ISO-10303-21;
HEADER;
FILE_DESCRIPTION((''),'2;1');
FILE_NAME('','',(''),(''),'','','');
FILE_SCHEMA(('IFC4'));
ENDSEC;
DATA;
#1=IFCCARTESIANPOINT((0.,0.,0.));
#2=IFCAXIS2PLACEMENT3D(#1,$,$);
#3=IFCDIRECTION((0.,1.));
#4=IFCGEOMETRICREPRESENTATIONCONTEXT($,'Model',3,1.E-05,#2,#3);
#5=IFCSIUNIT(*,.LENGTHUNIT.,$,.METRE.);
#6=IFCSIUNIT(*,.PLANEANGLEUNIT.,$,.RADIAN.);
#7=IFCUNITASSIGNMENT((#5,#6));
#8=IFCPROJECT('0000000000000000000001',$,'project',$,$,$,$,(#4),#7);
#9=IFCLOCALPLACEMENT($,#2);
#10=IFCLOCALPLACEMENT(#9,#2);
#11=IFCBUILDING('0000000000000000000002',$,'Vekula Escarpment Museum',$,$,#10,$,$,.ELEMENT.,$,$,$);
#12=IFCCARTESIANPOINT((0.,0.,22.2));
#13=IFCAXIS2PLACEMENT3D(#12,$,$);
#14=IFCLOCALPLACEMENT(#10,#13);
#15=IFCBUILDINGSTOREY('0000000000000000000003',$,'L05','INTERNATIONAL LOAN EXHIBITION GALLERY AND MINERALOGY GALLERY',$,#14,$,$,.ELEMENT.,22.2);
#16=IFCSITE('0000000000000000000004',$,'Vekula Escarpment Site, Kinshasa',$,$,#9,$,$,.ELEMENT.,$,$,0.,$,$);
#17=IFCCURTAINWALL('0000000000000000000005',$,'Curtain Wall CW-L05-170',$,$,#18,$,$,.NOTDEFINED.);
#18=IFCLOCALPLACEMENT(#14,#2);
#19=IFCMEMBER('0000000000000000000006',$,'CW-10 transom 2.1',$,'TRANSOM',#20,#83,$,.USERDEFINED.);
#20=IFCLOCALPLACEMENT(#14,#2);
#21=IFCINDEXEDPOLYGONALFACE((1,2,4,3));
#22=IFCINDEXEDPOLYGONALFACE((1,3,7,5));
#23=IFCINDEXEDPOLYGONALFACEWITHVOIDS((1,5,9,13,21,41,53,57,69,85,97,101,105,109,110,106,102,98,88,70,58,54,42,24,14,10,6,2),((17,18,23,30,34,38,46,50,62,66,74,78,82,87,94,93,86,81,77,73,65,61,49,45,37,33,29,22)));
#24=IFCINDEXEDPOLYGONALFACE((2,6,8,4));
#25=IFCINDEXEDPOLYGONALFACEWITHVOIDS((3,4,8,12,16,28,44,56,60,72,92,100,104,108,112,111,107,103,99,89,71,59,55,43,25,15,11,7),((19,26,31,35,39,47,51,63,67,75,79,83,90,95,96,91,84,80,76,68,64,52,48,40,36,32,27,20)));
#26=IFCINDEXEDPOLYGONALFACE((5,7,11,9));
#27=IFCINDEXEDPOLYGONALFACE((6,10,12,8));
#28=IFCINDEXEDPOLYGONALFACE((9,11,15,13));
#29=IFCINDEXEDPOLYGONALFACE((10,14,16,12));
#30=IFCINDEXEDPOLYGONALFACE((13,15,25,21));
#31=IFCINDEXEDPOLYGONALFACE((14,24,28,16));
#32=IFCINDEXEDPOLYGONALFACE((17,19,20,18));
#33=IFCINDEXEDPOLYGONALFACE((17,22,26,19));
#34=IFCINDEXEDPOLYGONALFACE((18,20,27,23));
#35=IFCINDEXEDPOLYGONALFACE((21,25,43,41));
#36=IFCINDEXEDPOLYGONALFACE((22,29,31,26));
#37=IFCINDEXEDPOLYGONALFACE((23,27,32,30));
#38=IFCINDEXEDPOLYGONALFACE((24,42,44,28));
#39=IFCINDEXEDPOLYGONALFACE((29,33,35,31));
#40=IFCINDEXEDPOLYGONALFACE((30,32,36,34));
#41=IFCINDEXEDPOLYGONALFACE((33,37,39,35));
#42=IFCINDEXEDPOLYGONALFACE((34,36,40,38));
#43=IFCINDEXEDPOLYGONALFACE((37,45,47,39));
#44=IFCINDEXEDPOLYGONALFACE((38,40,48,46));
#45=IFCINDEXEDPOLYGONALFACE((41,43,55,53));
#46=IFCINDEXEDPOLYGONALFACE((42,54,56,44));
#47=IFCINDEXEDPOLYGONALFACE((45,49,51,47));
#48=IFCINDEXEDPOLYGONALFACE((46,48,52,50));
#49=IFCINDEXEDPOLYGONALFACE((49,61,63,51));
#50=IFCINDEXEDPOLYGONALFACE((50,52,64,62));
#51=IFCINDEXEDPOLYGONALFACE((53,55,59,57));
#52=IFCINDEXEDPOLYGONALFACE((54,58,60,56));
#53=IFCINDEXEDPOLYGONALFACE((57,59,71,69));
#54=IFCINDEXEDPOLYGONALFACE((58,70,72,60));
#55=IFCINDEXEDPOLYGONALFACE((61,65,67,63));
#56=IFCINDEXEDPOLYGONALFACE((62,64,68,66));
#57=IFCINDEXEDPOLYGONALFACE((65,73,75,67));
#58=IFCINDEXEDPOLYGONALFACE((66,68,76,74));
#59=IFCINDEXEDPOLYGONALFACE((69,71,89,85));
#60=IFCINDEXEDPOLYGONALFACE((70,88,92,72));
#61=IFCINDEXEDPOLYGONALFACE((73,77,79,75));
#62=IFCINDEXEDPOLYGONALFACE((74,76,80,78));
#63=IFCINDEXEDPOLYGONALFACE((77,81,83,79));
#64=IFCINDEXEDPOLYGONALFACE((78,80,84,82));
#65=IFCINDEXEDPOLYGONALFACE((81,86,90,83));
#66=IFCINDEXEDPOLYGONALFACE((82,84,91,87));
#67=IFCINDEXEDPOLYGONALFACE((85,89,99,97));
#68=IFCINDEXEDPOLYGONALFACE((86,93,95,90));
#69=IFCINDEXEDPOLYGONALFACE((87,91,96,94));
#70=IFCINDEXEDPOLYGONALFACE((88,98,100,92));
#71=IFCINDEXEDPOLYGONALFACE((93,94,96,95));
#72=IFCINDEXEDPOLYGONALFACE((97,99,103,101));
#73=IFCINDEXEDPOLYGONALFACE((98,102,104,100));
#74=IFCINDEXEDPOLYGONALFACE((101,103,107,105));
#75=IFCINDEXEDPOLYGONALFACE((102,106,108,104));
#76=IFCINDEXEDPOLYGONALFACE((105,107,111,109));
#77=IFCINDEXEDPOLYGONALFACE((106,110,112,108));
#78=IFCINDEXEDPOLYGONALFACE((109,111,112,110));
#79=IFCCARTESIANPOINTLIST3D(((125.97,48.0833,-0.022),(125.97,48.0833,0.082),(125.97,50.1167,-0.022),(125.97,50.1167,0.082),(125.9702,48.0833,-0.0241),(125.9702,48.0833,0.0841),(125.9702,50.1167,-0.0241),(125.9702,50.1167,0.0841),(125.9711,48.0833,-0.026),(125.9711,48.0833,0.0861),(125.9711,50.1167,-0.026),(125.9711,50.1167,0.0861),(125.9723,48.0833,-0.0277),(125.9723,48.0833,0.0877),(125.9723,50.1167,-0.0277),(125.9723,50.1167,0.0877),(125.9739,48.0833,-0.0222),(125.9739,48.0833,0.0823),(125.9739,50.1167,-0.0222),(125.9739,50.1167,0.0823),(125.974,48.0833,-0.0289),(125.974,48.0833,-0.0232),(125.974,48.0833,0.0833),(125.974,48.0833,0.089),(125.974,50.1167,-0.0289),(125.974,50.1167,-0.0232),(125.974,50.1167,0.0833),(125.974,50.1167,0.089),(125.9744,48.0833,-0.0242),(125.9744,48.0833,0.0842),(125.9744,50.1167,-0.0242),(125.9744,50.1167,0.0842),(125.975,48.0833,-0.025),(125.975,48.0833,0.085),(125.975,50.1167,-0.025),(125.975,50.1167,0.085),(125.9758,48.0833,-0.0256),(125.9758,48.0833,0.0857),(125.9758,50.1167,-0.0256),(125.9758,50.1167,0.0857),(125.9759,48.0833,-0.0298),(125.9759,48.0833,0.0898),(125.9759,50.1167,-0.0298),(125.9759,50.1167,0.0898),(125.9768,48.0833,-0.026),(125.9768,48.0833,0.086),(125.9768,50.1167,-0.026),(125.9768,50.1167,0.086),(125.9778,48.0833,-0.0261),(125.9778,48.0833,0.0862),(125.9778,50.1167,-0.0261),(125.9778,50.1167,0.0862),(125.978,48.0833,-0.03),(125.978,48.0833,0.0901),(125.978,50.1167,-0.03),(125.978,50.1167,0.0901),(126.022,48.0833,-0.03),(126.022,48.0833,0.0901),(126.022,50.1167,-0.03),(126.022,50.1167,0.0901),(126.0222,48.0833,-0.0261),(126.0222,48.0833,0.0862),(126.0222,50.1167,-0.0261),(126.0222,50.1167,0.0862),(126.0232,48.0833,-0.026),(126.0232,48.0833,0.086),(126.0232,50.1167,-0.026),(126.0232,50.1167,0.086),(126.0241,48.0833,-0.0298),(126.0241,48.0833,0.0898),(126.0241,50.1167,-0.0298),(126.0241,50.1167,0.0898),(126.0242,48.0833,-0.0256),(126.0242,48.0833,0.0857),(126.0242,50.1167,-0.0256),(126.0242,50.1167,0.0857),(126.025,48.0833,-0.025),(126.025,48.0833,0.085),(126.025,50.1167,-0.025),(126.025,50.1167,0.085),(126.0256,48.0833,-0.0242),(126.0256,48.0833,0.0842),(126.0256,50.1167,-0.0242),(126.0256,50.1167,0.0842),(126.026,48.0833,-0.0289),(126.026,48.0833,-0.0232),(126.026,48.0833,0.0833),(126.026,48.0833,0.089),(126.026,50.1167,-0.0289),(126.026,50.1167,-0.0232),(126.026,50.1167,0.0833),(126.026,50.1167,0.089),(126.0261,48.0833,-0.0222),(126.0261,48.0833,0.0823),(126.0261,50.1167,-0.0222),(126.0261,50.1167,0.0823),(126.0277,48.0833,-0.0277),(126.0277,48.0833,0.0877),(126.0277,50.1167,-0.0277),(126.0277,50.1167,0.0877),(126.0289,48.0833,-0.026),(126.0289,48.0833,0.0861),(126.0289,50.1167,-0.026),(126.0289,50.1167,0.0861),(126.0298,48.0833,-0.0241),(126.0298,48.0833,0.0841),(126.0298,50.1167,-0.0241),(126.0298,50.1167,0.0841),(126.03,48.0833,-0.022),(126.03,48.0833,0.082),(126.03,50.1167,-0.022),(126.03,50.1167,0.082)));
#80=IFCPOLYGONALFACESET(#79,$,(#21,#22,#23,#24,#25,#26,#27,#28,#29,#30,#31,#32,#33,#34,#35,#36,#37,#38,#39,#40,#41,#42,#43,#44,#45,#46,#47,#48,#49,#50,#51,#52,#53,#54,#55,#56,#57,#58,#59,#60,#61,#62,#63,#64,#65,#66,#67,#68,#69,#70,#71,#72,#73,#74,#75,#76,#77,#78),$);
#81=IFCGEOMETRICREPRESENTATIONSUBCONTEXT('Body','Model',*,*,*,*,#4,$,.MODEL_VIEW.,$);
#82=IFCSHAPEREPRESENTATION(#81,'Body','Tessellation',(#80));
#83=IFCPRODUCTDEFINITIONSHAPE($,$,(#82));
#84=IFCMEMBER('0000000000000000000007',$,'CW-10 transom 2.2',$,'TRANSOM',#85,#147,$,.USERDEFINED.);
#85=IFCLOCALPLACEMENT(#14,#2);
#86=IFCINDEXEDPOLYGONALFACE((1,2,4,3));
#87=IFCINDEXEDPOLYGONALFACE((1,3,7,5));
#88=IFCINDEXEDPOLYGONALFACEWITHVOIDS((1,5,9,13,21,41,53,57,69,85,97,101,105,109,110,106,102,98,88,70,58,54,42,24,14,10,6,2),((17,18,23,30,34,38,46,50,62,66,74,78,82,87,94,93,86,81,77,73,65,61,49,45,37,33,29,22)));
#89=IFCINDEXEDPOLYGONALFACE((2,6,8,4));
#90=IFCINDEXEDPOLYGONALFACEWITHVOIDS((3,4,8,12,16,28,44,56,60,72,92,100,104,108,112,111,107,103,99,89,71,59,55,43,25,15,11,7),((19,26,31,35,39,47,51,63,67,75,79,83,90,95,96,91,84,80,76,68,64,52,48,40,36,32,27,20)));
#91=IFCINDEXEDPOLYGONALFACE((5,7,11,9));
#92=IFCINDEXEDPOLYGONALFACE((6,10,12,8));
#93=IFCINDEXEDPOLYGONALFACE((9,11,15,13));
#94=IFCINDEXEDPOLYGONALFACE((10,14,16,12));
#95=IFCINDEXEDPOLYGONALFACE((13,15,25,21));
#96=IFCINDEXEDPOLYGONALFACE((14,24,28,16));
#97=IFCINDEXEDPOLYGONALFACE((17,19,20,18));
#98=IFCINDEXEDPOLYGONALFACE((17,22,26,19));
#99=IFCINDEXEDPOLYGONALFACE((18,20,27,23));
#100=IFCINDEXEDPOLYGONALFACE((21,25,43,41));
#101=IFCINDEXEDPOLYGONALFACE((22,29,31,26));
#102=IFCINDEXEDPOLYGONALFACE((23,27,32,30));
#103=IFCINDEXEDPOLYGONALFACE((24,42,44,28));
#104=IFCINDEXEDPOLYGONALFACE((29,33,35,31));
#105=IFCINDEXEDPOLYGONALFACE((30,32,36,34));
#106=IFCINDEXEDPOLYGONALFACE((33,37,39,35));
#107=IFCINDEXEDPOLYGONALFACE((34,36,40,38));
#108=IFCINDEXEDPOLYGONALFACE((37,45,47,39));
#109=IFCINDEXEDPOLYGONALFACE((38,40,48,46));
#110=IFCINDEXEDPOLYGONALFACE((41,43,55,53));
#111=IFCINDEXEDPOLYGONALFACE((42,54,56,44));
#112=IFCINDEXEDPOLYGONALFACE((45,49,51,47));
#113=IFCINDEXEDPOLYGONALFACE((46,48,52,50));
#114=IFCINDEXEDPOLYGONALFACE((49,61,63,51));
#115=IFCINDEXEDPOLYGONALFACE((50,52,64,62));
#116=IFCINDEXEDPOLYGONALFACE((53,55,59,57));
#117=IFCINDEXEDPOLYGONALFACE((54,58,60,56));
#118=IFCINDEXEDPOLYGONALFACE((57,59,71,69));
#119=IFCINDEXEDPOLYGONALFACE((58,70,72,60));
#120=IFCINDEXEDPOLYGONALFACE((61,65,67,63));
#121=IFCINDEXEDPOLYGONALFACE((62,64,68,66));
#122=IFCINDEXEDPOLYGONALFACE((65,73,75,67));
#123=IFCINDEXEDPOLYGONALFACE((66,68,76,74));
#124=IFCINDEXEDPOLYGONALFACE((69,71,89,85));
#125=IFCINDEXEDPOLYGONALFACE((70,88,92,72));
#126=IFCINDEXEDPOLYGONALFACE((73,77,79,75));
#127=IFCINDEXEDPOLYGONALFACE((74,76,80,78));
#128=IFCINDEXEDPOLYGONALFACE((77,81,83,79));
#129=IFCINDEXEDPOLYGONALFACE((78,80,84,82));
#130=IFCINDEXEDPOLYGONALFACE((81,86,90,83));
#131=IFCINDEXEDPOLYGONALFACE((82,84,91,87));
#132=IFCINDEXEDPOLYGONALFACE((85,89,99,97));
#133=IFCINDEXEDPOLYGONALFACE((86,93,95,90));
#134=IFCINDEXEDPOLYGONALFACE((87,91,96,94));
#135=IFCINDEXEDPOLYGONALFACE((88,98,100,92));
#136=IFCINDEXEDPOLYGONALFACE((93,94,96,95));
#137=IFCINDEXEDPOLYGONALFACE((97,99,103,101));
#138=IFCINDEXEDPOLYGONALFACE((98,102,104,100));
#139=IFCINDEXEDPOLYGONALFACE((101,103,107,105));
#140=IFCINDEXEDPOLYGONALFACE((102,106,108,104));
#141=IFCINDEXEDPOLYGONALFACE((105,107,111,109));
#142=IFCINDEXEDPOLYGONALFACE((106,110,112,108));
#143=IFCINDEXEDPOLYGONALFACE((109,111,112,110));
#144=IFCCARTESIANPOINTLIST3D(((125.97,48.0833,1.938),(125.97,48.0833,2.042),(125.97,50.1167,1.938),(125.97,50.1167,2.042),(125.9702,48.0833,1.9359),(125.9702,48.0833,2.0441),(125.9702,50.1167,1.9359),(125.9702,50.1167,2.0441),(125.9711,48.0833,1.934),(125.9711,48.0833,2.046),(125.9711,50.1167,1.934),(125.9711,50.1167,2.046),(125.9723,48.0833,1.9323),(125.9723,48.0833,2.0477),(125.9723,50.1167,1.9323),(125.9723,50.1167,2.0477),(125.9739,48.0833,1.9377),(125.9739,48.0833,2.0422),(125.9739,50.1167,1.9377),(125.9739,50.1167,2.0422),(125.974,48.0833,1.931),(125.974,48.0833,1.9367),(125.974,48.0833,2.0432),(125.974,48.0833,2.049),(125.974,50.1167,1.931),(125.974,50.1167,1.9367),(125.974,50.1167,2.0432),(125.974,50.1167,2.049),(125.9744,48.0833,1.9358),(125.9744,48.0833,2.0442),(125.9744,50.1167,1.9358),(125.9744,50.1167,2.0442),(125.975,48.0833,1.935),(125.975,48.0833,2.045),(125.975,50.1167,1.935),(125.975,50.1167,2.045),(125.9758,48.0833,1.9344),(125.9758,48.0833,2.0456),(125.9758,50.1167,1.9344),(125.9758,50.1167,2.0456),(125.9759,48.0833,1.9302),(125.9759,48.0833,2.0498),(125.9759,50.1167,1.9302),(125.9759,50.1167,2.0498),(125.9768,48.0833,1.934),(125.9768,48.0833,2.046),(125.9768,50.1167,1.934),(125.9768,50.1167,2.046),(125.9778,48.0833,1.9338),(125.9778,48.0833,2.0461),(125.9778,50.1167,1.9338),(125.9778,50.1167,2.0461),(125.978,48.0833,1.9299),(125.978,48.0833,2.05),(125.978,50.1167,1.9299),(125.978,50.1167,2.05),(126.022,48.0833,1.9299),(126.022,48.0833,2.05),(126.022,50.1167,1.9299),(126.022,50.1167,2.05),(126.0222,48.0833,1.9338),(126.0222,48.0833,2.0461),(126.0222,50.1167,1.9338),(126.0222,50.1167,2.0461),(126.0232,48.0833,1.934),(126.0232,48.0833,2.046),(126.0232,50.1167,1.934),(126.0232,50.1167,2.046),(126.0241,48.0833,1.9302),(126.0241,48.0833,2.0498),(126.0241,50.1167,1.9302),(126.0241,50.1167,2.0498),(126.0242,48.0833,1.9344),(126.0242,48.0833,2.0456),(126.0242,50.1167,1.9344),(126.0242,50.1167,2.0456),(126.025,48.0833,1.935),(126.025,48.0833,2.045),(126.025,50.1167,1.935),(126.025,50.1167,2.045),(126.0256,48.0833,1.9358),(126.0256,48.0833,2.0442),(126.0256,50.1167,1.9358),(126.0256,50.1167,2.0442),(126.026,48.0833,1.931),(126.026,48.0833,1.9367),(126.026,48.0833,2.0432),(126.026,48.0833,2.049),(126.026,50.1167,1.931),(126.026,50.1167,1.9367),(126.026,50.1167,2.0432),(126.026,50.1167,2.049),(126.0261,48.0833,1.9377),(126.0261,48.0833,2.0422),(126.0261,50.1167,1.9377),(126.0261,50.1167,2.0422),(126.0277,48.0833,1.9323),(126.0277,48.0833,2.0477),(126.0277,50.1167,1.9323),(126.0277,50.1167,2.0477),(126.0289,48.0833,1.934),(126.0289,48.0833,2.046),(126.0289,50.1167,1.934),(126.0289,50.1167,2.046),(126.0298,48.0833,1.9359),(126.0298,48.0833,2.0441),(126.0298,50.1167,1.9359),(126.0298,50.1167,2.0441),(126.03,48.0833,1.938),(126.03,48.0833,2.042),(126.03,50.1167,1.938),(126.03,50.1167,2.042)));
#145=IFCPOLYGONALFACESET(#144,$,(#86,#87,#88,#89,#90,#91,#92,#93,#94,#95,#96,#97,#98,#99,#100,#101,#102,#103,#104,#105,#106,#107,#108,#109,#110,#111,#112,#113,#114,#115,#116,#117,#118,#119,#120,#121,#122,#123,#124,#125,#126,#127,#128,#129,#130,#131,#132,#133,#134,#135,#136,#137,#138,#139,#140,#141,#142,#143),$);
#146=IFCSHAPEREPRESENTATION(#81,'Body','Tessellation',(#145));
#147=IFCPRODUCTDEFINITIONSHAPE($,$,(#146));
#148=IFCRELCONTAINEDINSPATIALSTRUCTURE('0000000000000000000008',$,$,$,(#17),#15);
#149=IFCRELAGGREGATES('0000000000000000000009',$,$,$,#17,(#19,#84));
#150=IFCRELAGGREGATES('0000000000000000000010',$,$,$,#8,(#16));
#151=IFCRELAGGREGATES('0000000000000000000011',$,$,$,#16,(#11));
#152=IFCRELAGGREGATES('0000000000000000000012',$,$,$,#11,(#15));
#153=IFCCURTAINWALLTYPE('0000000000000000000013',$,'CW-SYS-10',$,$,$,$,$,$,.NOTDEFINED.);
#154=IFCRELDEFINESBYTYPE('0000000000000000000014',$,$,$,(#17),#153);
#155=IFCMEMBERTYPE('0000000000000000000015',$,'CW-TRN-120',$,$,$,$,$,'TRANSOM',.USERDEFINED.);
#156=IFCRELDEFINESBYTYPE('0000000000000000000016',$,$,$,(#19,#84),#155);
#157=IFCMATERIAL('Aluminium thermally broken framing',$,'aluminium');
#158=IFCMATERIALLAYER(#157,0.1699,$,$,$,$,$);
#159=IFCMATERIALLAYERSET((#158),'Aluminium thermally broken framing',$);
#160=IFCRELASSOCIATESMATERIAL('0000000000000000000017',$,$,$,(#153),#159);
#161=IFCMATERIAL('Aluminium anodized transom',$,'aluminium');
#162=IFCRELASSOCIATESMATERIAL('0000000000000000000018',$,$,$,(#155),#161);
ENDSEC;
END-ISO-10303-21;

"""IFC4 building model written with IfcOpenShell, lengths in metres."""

from ifc_helpers import new_model, si_unit, direction, frame, origin, origin_2d, place, context, subcontext, project, spatial, hollow_rectangle, extrude, material, layer, layer_set, material_profile, profile_set, type_object, element, aggregate, save


model = new_model("IFC4")

# Units and contexts
model_context = context("Model", 3, precision=1e-05, world=origin(), true_north=direction((0.0, 1.0)))
body_context = subcontext(model_context, "Body", "Model", "MODEL_VIEW")
ifc_project = project(units=[si_unit("LENGTHUNIT", "METRE"), si_unit("PLANEANGLEUNIT", "RADIAN")], contexts=[model_context])

# Site, building, storey
site_placement = place(None, origin())
site = spatial("IfcSite", under=ifc_project, at=site_placement, Name="Vekula Escarpment Site, Kinshasa", CompositionType="ELEMENT", RefElevation=0.0)
building_placement = place(site_placement, origin())
building = spatial("IfcBuilding", under=site, at=building_placement, Name="Vekula Escarpment Museum", CompositionType="ELEMENT")
storey_placement = place(building_placement, frame((0.0, 0.0, 22.2)))
storey = spatial("IfcBuildingStorey", under=building, at=storey_placement, Name="L05", Description="INTERNATIONAL LOAN EXHIBITION GALLERY AND MINERALOGY GALLERY", CompositionType="ELEMENT", Elevation=22.2)

# Curtain wall, members
ifc_material_1 = material(Name="Aluminium thermally broken framing", Category="aluminium")
ifc_layer_1 = layer(ifc_material_1, 0.1699)
ifc_layer_set_1 = layer_set([ifc_layer_1], Name="Aluminium thermally broken framing")
curtain_wall_type = type_object("IfcCurtainWallType", Name="CW-SYS-10", PredefinedType="NOTDEFINED", material=ifc_layer_set_1)
curtain_wall_placement = place(storey_placement, origin())
curtain_wall = element("IfcCurtainWall", 1, at=curtain_wall_placement, inside=storey, type_object=curtain_wall_type, Name="Curtain Wall CW-L05-170", PredefinedType="NOTDEFINED")
ifc_material_2 = material(Name="Aluminium anodized transom", Category="aluminium")
ifc_material_profile_1 = material_profile(ifc_material_2, hollow_rectangle(XDim=0.0601, YDim=0.1201, WallThickness=0.0039, InnerFilletRadius=0.0039, OuterFilletRadius=0.0081, at=origin_2d()), Name="ALU 120x60x4")
ifc_profile_set_1 = profile_set([ifc_material_profile_1], Name="Aluminium anodized transom")
member_type_1 = type_object("IfcMemberType", Name="CW-TRN-120", ElementType="TRANSOM", PredefinedType="USERDEFINED", material=ifc_profile_set_1)
member_1_placement = place(storey_placement, frame((126.0, 48.0833, 0.03), z_axis=(0.0, 1.0, 0.0), x_axis=(-1.0, 0.0, 0.0)))
member_1 = element("IfcMember", 2, at=member_1_placement, type_object=member_type_1, Name="CW-10 transom 2.1", ObjectType="TRANSOM", PredefinedType="USERDEFINED", context=body_context, shape_type="SweptSolid", body=[
    extrude(hollow_rectangle(XDim=0.0601, YDim=0.1201, WallThickness=0.0039, InnerFilletRadius=0.0039, OuterFilletRadius=0.0081, at=origin_2d()), origin(), (0.0, 0.0, 1.0), 2.0334),
])
member_2_placement = place(storey_placement, frame((126.0, 48.0833, 1.99), z_axis=(0.0, 1.0, 0.0), x_axis=(-1.0, 0.0, 0.0)))
member_2 = element("IfcMember", 3, at=member_2_placement, type_object=member_type_1, Name="CW-10 transom 2.2", ObjectType="TRANSOM", PredefinedType="USERDEFINED", context=body_context, shape_type="SweptSolid", body=[
    extrude(hollow_rectangle(XDim=0.0601, YDim=0.1201, WallThickness=0.0039, InnerFilletRadius=0.0039, OuterFilletRadius=0.0081, at=origin_2d()), origin(), (0.0, 0.0, 1.0), 2.0334),
])
aggregate(curtain_wall, [member_1, member_2])

save(model, "model.ifc")
